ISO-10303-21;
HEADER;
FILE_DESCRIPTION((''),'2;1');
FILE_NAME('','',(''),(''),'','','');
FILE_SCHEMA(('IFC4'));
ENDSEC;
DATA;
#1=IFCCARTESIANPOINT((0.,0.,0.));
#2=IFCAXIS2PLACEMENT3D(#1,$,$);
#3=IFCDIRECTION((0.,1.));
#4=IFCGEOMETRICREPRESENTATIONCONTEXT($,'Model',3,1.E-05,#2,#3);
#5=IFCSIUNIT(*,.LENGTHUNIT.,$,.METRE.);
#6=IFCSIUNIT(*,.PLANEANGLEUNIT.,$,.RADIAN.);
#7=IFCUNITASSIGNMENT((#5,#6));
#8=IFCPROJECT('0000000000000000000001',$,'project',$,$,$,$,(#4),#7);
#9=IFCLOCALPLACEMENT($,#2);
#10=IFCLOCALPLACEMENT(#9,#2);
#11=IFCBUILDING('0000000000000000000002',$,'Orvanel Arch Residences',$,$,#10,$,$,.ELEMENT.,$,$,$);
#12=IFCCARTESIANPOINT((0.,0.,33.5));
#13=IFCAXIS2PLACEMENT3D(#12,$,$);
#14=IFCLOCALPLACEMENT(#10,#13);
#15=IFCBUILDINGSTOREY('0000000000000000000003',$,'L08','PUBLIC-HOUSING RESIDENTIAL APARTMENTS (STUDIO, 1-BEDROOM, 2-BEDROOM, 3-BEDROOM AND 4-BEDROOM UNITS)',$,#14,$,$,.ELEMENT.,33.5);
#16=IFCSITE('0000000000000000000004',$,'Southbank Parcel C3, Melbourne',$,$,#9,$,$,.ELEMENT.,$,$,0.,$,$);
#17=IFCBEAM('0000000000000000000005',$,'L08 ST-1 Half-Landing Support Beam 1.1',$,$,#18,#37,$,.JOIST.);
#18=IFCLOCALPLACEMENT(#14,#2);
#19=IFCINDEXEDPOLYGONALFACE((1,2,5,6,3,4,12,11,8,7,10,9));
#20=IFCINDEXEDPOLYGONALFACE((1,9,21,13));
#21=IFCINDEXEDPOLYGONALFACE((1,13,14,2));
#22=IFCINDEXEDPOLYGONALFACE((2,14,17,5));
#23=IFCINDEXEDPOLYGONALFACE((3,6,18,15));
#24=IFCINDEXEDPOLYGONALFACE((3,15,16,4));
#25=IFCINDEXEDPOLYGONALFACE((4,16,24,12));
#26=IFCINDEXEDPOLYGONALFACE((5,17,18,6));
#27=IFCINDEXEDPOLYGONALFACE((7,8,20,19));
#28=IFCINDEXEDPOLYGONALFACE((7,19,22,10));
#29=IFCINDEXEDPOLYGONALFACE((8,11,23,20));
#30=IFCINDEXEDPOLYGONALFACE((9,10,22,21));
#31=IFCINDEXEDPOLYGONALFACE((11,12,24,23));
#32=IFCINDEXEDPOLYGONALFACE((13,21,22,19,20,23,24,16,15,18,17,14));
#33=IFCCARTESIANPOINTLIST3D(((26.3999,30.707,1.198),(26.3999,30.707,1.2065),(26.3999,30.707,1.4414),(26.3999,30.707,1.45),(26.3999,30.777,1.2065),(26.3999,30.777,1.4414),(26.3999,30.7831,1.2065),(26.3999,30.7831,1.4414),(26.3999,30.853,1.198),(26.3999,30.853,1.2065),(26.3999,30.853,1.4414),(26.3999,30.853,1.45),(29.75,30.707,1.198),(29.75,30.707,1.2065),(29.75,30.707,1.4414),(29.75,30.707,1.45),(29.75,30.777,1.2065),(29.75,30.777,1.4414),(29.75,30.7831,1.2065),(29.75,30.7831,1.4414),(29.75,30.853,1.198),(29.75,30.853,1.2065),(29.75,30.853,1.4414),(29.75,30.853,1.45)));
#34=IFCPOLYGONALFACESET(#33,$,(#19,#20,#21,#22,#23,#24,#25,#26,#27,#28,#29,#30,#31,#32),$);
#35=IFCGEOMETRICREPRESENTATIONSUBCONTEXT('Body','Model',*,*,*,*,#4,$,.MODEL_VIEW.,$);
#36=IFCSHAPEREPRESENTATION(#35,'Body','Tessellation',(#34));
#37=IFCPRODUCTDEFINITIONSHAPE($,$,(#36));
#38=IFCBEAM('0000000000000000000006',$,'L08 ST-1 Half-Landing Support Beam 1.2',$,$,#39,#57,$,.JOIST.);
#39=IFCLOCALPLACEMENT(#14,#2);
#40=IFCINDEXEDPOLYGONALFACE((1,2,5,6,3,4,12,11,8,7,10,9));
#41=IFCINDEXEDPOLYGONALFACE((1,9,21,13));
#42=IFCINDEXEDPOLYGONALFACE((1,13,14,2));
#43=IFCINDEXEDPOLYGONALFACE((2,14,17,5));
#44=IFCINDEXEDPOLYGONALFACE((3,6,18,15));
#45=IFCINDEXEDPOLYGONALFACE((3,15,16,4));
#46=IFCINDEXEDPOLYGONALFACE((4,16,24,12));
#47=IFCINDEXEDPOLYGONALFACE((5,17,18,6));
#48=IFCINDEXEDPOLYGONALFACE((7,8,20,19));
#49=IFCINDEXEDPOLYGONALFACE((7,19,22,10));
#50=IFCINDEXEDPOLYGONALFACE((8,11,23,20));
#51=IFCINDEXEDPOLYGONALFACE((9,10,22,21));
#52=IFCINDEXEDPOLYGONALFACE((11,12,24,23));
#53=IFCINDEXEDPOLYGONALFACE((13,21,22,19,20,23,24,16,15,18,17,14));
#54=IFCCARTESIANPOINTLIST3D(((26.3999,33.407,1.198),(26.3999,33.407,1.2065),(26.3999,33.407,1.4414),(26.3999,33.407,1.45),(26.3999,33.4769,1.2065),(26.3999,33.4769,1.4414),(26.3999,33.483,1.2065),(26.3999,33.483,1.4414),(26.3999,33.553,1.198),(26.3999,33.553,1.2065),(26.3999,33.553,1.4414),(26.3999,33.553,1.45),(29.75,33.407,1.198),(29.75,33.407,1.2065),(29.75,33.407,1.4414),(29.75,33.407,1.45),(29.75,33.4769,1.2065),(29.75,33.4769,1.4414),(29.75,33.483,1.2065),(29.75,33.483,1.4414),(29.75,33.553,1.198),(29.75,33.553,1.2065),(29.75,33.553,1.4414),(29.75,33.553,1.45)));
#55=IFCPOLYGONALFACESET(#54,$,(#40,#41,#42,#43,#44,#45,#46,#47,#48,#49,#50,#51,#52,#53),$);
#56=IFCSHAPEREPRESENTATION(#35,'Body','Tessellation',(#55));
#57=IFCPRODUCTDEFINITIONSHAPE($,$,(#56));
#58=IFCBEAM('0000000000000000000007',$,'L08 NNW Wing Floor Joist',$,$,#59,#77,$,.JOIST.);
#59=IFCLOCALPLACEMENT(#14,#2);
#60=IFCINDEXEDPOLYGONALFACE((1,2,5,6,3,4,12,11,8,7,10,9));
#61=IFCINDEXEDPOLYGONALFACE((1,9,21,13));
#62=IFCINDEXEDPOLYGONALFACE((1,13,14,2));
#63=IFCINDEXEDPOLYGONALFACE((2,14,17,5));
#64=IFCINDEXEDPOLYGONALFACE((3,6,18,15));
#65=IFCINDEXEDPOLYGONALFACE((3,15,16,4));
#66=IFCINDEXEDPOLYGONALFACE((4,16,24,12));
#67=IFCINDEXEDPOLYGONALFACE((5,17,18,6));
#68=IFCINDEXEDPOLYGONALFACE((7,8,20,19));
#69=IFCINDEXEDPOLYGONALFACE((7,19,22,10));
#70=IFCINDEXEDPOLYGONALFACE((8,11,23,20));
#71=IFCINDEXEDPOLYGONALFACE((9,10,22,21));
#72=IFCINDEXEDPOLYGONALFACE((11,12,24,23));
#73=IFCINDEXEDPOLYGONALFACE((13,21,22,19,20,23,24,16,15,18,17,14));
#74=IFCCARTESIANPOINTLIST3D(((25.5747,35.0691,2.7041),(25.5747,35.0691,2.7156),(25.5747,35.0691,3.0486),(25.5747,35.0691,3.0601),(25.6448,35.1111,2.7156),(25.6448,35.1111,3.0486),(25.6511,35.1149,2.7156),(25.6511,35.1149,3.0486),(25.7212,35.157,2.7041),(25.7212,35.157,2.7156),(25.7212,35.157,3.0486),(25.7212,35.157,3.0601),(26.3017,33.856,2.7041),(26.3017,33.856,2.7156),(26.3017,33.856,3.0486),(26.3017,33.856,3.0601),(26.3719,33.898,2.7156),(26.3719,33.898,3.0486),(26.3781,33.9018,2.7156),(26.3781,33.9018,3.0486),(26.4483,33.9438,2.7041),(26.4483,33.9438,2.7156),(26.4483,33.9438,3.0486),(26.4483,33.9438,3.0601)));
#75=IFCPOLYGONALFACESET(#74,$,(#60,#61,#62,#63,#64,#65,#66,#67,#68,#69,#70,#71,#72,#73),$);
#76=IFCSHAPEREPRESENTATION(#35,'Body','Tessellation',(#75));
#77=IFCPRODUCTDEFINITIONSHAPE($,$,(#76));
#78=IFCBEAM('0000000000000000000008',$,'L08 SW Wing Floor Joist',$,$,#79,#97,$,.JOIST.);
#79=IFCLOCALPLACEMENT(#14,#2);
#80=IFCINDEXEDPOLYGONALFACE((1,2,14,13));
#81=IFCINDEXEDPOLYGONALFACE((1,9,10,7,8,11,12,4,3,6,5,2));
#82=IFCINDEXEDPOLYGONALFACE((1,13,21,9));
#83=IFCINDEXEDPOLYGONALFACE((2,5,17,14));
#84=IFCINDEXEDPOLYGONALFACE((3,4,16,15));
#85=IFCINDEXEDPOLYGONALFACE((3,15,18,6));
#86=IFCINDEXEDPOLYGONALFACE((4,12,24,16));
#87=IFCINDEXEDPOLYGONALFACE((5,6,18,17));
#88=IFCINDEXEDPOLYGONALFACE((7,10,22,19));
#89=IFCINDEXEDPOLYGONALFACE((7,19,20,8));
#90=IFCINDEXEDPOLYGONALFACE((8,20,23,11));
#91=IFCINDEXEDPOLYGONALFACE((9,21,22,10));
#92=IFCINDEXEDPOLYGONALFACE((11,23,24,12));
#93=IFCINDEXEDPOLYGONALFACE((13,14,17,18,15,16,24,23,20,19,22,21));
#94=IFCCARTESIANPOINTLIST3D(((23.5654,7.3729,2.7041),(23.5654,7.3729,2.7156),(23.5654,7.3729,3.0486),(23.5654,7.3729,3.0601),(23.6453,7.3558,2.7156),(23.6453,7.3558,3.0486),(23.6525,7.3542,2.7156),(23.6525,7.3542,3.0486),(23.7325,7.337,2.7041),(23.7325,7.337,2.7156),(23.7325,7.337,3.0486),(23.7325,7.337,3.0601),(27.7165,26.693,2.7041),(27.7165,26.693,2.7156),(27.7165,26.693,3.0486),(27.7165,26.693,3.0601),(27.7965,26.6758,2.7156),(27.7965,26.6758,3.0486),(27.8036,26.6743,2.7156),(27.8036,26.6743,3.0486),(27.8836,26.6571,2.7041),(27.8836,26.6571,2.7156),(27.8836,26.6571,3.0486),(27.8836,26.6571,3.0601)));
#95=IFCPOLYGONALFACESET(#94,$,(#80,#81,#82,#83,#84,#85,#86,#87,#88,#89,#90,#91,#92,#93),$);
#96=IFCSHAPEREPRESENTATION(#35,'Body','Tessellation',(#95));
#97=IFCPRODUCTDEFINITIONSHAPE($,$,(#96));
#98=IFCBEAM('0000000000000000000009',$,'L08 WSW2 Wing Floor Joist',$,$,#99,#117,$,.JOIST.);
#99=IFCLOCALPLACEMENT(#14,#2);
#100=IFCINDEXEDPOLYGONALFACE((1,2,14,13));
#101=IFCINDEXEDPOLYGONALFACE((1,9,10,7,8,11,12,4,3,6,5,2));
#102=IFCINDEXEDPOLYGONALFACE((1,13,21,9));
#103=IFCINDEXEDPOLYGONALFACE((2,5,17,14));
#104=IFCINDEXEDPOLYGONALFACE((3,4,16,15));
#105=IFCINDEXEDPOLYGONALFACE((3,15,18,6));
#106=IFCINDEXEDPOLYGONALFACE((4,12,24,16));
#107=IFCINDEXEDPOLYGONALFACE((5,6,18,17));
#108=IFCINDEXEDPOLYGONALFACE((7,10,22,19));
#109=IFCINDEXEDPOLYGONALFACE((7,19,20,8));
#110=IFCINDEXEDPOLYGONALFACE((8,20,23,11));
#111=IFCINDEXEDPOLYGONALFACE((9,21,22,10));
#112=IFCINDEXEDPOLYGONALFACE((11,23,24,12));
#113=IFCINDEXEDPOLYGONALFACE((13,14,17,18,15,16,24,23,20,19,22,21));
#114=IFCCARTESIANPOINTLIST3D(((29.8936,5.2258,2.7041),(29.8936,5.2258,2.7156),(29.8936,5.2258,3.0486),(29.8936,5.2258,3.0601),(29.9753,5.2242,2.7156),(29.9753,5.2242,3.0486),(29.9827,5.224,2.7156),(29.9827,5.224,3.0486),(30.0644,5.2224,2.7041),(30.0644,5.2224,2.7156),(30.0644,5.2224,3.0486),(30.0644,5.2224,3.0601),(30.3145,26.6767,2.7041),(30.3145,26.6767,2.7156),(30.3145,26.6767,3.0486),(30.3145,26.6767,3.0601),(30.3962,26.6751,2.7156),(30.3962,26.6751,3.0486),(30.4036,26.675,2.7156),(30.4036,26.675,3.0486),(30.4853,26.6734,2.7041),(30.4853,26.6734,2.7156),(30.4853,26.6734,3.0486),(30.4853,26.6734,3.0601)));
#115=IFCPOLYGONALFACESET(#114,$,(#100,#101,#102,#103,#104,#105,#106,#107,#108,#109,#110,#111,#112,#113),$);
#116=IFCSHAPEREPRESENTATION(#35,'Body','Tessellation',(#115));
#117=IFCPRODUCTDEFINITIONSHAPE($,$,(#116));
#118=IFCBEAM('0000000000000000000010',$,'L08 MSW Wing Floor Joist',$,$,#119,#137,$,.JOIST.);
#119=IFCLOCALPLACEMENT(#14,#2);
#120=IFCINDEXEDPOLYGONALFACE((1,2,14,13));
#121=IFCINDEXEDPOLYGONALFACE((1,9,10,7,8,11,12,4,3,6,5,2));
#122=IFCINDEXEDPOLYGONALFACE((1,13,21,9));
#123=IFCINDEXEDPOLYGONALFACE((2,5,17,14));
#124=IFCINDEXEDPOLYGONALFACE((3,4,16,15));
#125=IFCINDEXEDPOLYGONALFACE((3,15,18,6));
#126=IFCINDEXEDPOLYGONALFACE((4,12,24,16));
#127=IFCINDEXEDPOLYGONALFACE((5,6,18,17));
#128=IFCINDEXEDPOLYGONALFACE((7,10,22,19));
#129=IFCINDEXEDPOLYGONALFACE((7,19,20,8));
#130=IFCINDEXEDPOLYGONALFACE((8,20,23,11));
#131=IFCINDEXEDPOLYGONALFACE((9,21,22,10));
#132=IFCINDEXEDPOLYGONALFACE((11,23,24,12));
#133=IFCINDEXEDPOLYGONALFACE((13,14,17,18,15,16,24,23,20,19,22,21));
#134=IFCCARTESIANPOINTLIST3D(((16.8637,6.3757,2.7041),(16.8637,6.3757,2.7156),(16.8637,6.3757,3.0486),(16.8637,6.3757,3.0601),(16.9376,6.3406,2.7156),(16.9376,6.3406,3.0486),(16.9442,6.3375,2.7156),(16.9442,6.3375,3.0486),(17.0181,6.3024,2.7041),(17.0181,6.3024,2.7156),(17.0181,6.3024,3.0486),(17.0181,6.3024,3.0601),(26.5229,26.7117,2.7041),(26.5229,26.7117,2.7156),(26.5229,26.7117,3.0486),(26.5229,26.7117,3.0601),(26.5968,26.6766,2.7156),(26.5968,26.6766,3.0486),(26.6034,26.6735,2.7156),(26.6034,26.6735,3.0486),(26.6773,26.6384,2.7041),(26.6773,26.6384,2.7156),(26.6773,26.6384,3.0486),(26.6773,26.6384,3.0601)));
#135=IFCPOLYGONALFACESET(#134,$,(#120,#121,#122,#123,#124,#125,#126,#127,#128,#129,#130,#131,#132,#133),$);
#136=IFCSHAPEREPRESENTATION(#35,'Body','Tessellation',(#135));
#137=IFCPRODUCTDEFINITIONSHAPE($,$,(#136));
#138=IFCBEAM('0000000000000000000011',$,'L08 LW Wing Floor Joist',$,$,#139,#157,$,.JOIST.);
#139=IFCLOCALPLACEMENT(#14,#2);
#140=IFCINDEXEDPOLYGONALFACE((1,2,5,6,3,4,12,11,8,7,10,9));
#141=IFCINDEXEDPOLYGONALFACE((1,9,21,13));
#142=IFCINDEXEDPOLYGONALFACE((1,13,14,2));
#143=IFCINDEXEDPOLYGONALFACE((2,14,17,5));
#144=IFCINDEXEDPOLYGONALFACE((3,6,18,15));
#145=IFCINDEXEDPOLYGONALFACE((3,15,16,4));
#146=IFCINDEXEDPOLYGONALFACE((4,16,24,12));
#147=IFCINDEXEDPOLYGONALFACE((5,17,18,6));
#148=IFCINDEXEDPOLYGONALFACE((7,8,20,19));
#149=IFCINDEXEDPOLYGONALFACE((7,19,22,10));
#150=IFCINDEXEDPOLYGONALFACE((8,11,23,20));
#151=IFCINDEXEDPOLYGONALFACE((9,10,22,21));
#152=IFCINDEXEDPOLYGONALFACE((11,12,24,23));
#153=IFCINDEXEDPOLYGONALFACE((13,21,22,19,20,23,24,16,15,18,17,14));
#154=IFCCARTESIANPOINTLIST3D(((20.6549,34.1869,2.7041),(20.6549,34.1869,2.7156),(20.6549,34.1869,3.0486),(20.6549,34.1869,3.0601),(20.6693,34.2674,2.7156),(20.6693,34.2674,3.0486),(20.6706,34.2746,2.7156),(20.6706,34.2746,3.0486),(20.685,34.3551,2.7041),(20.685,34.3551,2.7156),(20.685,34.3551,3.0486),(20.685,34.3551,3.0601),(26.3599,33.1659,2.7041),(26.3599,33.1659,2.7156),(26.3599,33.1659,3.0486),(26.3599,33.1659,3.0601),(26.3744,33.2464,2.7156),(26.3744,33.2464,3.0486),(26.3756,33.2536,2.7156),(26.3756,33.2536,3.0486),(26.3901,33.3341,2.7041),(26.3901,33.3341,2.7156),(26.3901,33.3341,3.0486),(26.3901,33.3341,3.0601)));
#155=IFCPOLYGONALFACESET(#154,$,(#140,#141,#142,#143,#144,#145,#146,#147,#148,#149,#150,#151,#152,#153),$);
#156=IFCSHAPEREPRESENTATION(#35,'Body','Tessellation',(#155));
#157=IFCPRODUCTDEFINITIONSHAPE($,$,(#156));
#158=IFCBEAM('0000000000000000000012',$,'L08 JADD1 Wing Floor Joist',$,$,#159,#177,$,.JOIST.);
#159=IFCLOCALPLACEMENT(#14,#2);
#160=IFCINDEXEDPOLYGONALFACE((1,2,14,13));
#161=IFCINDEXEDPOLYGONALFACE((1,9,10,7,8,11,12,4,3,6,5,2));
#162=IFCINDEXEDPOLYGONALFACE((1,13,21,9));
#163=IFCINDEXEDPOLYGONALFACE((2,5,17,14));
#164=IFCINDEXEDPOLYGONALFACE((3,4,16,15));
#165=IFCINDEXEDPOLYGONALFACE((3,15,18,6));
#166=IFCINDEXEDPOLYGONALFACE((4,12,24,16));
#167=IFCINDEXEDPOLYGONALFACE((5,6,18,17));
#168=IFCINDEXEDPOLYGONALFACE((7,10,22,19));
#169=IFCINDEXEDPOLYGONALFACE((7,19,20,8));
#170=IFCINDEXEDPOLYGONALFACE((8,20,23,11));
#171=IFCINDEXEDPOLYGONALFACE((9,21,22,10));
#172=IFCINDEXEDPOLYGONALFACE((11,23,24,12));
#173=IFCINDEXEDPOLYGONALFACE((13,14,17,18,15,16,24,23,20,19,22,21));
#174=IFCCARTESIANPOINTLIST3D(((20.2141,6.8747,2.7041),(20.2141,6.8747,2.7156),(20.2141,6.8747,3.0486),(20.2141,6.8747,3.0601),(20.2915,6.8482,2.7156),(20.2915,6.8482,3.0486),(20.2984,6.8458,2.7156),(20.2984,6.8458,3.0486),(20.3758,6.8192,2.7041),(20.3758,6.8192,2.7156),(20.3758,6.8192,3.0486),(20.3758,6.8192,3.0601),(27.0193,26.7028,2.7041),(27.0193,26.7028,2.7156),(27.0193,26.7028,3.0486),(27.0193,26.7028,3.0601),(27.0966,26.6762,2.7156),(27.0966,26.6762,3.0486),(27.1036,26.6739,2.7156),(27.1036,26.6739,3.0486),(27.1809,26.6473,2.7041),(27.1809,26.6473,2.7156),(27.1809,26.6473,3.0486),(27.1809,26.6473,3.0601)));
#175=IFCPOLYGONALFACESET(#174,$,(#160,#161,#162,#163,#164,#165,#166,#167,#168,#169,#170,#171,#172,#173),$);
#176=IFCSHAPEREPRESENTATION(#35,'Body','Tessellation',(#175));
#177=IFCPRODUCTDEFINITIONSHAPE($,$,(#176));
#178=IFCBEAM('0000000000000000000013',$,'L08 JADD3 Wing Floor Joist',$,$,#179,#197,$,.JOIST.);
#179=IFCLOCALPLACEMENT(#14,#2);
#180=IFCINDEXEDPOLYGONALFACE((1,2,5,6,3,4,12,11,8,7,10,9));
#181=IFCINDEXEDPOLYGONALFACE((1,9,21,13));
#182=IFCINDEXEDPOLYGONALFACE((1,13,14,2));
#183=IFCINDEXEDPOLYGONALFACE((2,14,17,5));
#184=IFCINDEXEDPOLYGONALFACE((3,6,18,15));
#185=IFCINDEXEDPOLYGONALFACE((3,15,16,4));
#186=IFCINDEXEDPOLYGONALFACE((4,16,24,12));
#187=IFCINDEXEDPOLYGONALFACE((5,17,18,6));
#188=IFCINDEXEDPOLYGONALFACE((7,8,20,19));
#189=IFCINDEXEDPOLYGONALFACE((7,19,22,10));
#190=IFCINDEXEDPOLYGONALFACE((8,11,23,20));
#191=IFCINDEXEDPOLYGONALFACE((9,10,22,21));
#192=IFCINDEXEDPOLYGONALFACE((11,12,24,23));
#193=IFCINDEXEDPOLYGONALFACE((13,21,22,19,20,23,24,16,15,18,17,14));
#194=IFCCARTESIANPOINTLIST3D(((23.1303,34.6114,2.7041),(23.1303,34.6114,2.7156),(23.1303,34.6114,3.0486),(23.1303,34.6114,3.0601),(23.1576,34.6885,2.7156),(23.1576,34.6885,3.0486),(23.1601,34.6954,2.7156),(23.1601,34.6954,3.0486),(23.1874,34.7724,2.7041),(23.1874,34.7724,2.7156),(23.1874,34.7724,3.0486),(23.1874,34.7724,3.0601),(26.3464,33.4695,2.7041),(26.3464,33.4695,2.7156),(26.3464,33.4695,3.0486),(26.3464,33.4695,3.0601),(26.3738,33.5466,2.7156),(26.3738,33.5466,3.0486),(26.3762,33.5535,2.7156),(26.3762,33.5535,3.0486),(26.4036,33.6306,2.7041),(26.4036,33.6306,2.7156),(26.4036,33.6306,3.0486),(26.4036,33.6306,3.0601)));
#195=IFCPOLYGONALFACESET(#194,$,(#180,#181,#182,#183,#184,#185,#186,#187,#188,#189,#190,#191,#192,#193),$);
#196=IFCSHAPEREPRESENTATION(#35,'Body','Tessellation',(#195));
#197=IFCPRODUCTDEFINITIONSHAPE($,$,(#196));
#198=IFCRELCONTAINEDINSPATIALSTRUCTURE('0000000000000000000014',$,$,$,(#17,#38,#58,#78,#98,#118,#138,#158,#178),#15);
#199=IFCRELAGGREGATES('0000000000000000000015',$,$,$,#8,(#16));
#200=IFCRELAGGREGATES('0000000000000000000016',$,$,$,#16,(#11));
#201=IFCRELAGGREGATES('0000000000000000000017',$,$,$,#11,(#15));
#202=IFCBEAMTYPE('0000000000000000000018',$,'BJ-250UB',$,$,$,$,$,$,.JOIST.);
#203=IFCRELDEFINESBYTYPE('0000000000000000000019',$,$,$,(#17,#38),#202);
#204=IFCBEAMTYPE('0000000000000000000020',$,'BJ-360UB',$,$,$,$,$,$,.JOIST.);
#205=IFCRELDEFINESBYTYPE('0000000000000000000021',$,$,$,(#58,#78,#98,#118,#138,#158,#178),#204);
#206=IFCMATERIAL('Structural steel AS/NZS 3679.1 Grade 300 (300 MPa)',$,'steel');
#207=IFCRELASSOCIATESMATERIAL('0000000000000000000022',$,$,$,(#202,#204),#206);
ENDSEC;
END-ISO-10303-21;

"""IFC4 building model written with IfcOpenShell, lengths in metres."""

from ifc_helpers import new_model, si_unit, direction, frame, origin, origin_2d, place, context, subcontext, project, spatial, i_section, extrude, material, material_profile, profile_set, type_object, element, save


model = new_model("IFC4")

# Units and contexts
model_context = context("Model", 3, precision=1e-05, world=origin(), true_north=direction((0.0, 1.0)))
body_context = subcontext(model_context, "Body", "Model", "MODEL_VIEW")
ifc_project = project(units=[si_unit("LENGTHUNIT", "METRE"), si_unit("PLANEANGLEUNIT", "RADIAN")], contexts=[model_context])

# Site, building, storey
site_placement = place(None, origin())
site = spatial("IfcSite", under=ifc_project, at=site_placement, Name="Southbank Parcel C3, Melbourne", CompositionType="ELEMENT", RefElevation=0.0)
building_placement = place(site_placement, origin())
building = spatial("IfcBuilding", under=site, at=building_placement, Name="Orvanel Arch Residences", CompositionType="ELEMENT")
storey_placement = place(building_placement, frame((0.0, 0.0, 33.5)))
storey = spatial("IfcBuildingStorey", under=building, at=storey_placement, Name="L08", Description="PUBLIC-HOUSING RESIDENTIAL APARTMENTS (STUDIO, 1-BEDROOM, 2-BEDROOM, 3-BEDROOM AND 4-BEDROOM UNITS)", CompositionType="ELEMENT", Elevation=33.5)

# Beams
ifc_material_1 = material(Name="Structural steel AS/NZS 3679.1 Grade 300 (300 MPa)", Category="steel")
ifc_material_profile_1 = material_profile(ifc_material_1, i_section(OverallWidth=0.146, OverallDepth=0.252, WebThickness=0.0061, FlangeThickness=0.0085, at=origin_2d()), Name="250UB31.4")
ifc_profile_set_1 = profile_set([ifc_material_profile_1], Name="Structural steel AS/NZS 3679.1 Grade 300 (300 MPa)")
beam_type_1 = type_object("IfcBeamType", Name="BJ-250UB", PredefinedType="JOIST", material=ifc_profile_set_1)
for number, where, z_axis, x_axis, name in (
    (1, (26.3999, 30.78, 1.324), (1.0, 0.0, 0.0), (0.0, 1.0, 0.0), "L08 ST-1 Half-Landing Support Beam 1.1"),
    (2, (26.3999, 33.48, 1.324), (1.0, 0.0, 0.0), (0.0, 1.0, 0.0), "L08 ST-1 Half-Landing Support Beam 1.2"),
):
    element("IfcBeam", number, at=place(storey_placement, frame(where, z_axis=z_axis, x_axis=x_axis)), inside=storey, type_object=beam_type_1, Name=name, PredefinedType="JOIST", context=body_context, shape_type="SweptSolid", body=[
        extrude(i_section(OverallWidth=0.146, OverallDepth=0.252, WebThickness=0.0061, FlangeThickness=0.0085, at=origin_2d()), origin(), (0.0, 0.0, 1.0), 3.3501),
    ])
ifc_material_profile_2 = material_profile(ifc_material_1, i_section(OverallWidth=0.1709, OverallDepth=0.356, WebThickness=0.0073, FlangeThickness=0.0115, at=origin_2d()), Name="360UB50.7")
ifc_profile_set_2 = profile_set([ifc_material_profile_2], Name="Structural steel AS/NZS 3679.1 Grade 300 (300 MPa)")
beam_type_2 = type_object("IfcBeamType", Name="BJ-360UB", PredefinedType="JOIST", material=ifc_profile_set_2)
beam_1_placement = place(storey_placement, frame((26.375, 33.8999, 2.8821), z_axis=(-0.514064, 0.857752, 0.0), x_axis=(-0.857752, -0.514064, 0.0)))
element("IfcBeam", 3, at=beam_1_placement, inside=storey, type_object=beam_type_2, Name="L08 NNW Wing Floor Joist", PredefinedType="JOIST", context=body_context, shape_type="SweptSolid", body=[
    extrude(i_section(OverallWidth=0.1709, OverallDepth=0.356, WebThickness=0.0073, FlangeThickness=0.0115, at=origin_2d()), origin(), (0.0, 0.0, 1.0), 1.4143),
])
beam_2_placement = place(storey_placement, frame((27.8, 26.675, 2.8821), z_axis=(-0.210067, -0.977687, 0.0), x_axis=(0.977687, -0.210067, 0.0)))
element("IfcBeam", 4, at=beam_2_placement, inside=storey, type_object=beam_type_2, Name="L08 SW Wing Floor Joist", PredefinedType="JOIST", context=body_context, shape_type="SweptSolid", body=[
    extrude(i_section(OverallWidth=0.1709, OverallDepth=0.356, WebThickness=0.0073, FlangeThickness=0.0115, at=origin_2d()), origin(), (0.0, 0.0, 1.0), 19.761),
])
beam_3_placement = place(storey_placement, frame((30.3999, 26.675, 2.8821), z_axis=(-0.019618, -0.999808, 0.0), x_axis=(0.999808, -0.019618, 0.0)))
element("IfcBeam", 5, at=beam_3_placement, inside=storey, type_object=beam_type_2, Name="L08 WSW2 Wing Floor Joist", PredefinedType="JOIST", context=body_context, shape_type="SweptSolid", body=[
    extrude(i_section(OverallWidth=0.1709, OverallDepth=0.356, WebThickness=0.0073, FlangeThickness=0.0115, at=origin_2d()), origin(), (0.0, 0.0, 1.0), 21.4551),
])
beam_4_placement = place(storey_placement, frame((26.6001, 26.675, 2.8821), z_axis=(-0.429043, -0.903284, 0.0), x_axis=(0.903284, -0.429043, 0.0)))
element("IfcBeam", 6, at=beam_4_placement, inside=storey, type_object=beam_type_2, Name="L08 MSW Wing Floor Joist", PredefinedType="JOIST", context=body_context, shape_type="SweptSolid", body=[
    extrude(i_section(OverallWidth=0.1709, OverallDepth=0.356, WebThickness=0.0073, FlangeThickness=0.0115, at=origin_2d()), origin(), (0.0, 0.0, 1.0), 22.5134),
])
beam_5_placement = place(storey_placement, frame((26.375, 33.25, 2.8821), z_axis=(-0.984361, 0.176164, 0.0), x_axis=(-0.176164, -0.984361, 0.0)))
element("IfcBeam", 7, at=beam_5_placement, inside=storey, type_object=beam_type_2, Name="L08 LW Wing Floor Joist", PredefinedType="JOIST", context=body_context, shape_type="SweptSolid", body=[
    extrude(i_section(OverallWidth=0.1709, OverallDepth=0.356, WebThickness=0.0073, FlangeThickness=0.0115, at=origin_2d()), origin(), (0.0, 0.0, 1.0), 5.7957),
])
beam_6_placement = place(storey_placement, frame((27.1001, 26.675, 2.8821), z_axis=(-0.324621, -0.945844, 0.0), x_axis=(0.945844, -0.324621, 0.0)))
element("IfcBeam", 8, at=beam_6_placement, inside=storey, type_object=beam_type_2, Name="L08 JADD1 Wing Floor Joist", PredefinedType="JOIST", context=body_context, shape_type="SweptSolid", body=[
    extrude(i_section(OverallWidth=0.1709, OverallDepth=0.356, WebThickness=0.0073, FlangeThickness=0.0115, at=origin_2d()), origin(), (0.0, 0.0, 1.0), 20.9634),
])
beam_7_placement = place(storey_placement, frame((26.375, 33.55, 2.8821), z_axis=(-0.942367, 0.334582, 0.0), x_axis=(-0.334582, -0.942367, 0.0)))
element("IfcBeam", 9, at=beam_7_placement, inside=storey, type_object=beam_type_2, Name="L08 JADD3 Wing Floor Joist", PredefinedType="JOIST", context=body_context, shape_type="SweptSolid", body=[
    extrude(i_section(OverallWidth=0.1709, OverallDepth=0.356, WebThickness=0.0073, FlangeThickness=0.0115, at=origin_2d()), origin(), (0.0, 0.0, 1.0), 3.4128),
])

save(model, "model.ifc")
